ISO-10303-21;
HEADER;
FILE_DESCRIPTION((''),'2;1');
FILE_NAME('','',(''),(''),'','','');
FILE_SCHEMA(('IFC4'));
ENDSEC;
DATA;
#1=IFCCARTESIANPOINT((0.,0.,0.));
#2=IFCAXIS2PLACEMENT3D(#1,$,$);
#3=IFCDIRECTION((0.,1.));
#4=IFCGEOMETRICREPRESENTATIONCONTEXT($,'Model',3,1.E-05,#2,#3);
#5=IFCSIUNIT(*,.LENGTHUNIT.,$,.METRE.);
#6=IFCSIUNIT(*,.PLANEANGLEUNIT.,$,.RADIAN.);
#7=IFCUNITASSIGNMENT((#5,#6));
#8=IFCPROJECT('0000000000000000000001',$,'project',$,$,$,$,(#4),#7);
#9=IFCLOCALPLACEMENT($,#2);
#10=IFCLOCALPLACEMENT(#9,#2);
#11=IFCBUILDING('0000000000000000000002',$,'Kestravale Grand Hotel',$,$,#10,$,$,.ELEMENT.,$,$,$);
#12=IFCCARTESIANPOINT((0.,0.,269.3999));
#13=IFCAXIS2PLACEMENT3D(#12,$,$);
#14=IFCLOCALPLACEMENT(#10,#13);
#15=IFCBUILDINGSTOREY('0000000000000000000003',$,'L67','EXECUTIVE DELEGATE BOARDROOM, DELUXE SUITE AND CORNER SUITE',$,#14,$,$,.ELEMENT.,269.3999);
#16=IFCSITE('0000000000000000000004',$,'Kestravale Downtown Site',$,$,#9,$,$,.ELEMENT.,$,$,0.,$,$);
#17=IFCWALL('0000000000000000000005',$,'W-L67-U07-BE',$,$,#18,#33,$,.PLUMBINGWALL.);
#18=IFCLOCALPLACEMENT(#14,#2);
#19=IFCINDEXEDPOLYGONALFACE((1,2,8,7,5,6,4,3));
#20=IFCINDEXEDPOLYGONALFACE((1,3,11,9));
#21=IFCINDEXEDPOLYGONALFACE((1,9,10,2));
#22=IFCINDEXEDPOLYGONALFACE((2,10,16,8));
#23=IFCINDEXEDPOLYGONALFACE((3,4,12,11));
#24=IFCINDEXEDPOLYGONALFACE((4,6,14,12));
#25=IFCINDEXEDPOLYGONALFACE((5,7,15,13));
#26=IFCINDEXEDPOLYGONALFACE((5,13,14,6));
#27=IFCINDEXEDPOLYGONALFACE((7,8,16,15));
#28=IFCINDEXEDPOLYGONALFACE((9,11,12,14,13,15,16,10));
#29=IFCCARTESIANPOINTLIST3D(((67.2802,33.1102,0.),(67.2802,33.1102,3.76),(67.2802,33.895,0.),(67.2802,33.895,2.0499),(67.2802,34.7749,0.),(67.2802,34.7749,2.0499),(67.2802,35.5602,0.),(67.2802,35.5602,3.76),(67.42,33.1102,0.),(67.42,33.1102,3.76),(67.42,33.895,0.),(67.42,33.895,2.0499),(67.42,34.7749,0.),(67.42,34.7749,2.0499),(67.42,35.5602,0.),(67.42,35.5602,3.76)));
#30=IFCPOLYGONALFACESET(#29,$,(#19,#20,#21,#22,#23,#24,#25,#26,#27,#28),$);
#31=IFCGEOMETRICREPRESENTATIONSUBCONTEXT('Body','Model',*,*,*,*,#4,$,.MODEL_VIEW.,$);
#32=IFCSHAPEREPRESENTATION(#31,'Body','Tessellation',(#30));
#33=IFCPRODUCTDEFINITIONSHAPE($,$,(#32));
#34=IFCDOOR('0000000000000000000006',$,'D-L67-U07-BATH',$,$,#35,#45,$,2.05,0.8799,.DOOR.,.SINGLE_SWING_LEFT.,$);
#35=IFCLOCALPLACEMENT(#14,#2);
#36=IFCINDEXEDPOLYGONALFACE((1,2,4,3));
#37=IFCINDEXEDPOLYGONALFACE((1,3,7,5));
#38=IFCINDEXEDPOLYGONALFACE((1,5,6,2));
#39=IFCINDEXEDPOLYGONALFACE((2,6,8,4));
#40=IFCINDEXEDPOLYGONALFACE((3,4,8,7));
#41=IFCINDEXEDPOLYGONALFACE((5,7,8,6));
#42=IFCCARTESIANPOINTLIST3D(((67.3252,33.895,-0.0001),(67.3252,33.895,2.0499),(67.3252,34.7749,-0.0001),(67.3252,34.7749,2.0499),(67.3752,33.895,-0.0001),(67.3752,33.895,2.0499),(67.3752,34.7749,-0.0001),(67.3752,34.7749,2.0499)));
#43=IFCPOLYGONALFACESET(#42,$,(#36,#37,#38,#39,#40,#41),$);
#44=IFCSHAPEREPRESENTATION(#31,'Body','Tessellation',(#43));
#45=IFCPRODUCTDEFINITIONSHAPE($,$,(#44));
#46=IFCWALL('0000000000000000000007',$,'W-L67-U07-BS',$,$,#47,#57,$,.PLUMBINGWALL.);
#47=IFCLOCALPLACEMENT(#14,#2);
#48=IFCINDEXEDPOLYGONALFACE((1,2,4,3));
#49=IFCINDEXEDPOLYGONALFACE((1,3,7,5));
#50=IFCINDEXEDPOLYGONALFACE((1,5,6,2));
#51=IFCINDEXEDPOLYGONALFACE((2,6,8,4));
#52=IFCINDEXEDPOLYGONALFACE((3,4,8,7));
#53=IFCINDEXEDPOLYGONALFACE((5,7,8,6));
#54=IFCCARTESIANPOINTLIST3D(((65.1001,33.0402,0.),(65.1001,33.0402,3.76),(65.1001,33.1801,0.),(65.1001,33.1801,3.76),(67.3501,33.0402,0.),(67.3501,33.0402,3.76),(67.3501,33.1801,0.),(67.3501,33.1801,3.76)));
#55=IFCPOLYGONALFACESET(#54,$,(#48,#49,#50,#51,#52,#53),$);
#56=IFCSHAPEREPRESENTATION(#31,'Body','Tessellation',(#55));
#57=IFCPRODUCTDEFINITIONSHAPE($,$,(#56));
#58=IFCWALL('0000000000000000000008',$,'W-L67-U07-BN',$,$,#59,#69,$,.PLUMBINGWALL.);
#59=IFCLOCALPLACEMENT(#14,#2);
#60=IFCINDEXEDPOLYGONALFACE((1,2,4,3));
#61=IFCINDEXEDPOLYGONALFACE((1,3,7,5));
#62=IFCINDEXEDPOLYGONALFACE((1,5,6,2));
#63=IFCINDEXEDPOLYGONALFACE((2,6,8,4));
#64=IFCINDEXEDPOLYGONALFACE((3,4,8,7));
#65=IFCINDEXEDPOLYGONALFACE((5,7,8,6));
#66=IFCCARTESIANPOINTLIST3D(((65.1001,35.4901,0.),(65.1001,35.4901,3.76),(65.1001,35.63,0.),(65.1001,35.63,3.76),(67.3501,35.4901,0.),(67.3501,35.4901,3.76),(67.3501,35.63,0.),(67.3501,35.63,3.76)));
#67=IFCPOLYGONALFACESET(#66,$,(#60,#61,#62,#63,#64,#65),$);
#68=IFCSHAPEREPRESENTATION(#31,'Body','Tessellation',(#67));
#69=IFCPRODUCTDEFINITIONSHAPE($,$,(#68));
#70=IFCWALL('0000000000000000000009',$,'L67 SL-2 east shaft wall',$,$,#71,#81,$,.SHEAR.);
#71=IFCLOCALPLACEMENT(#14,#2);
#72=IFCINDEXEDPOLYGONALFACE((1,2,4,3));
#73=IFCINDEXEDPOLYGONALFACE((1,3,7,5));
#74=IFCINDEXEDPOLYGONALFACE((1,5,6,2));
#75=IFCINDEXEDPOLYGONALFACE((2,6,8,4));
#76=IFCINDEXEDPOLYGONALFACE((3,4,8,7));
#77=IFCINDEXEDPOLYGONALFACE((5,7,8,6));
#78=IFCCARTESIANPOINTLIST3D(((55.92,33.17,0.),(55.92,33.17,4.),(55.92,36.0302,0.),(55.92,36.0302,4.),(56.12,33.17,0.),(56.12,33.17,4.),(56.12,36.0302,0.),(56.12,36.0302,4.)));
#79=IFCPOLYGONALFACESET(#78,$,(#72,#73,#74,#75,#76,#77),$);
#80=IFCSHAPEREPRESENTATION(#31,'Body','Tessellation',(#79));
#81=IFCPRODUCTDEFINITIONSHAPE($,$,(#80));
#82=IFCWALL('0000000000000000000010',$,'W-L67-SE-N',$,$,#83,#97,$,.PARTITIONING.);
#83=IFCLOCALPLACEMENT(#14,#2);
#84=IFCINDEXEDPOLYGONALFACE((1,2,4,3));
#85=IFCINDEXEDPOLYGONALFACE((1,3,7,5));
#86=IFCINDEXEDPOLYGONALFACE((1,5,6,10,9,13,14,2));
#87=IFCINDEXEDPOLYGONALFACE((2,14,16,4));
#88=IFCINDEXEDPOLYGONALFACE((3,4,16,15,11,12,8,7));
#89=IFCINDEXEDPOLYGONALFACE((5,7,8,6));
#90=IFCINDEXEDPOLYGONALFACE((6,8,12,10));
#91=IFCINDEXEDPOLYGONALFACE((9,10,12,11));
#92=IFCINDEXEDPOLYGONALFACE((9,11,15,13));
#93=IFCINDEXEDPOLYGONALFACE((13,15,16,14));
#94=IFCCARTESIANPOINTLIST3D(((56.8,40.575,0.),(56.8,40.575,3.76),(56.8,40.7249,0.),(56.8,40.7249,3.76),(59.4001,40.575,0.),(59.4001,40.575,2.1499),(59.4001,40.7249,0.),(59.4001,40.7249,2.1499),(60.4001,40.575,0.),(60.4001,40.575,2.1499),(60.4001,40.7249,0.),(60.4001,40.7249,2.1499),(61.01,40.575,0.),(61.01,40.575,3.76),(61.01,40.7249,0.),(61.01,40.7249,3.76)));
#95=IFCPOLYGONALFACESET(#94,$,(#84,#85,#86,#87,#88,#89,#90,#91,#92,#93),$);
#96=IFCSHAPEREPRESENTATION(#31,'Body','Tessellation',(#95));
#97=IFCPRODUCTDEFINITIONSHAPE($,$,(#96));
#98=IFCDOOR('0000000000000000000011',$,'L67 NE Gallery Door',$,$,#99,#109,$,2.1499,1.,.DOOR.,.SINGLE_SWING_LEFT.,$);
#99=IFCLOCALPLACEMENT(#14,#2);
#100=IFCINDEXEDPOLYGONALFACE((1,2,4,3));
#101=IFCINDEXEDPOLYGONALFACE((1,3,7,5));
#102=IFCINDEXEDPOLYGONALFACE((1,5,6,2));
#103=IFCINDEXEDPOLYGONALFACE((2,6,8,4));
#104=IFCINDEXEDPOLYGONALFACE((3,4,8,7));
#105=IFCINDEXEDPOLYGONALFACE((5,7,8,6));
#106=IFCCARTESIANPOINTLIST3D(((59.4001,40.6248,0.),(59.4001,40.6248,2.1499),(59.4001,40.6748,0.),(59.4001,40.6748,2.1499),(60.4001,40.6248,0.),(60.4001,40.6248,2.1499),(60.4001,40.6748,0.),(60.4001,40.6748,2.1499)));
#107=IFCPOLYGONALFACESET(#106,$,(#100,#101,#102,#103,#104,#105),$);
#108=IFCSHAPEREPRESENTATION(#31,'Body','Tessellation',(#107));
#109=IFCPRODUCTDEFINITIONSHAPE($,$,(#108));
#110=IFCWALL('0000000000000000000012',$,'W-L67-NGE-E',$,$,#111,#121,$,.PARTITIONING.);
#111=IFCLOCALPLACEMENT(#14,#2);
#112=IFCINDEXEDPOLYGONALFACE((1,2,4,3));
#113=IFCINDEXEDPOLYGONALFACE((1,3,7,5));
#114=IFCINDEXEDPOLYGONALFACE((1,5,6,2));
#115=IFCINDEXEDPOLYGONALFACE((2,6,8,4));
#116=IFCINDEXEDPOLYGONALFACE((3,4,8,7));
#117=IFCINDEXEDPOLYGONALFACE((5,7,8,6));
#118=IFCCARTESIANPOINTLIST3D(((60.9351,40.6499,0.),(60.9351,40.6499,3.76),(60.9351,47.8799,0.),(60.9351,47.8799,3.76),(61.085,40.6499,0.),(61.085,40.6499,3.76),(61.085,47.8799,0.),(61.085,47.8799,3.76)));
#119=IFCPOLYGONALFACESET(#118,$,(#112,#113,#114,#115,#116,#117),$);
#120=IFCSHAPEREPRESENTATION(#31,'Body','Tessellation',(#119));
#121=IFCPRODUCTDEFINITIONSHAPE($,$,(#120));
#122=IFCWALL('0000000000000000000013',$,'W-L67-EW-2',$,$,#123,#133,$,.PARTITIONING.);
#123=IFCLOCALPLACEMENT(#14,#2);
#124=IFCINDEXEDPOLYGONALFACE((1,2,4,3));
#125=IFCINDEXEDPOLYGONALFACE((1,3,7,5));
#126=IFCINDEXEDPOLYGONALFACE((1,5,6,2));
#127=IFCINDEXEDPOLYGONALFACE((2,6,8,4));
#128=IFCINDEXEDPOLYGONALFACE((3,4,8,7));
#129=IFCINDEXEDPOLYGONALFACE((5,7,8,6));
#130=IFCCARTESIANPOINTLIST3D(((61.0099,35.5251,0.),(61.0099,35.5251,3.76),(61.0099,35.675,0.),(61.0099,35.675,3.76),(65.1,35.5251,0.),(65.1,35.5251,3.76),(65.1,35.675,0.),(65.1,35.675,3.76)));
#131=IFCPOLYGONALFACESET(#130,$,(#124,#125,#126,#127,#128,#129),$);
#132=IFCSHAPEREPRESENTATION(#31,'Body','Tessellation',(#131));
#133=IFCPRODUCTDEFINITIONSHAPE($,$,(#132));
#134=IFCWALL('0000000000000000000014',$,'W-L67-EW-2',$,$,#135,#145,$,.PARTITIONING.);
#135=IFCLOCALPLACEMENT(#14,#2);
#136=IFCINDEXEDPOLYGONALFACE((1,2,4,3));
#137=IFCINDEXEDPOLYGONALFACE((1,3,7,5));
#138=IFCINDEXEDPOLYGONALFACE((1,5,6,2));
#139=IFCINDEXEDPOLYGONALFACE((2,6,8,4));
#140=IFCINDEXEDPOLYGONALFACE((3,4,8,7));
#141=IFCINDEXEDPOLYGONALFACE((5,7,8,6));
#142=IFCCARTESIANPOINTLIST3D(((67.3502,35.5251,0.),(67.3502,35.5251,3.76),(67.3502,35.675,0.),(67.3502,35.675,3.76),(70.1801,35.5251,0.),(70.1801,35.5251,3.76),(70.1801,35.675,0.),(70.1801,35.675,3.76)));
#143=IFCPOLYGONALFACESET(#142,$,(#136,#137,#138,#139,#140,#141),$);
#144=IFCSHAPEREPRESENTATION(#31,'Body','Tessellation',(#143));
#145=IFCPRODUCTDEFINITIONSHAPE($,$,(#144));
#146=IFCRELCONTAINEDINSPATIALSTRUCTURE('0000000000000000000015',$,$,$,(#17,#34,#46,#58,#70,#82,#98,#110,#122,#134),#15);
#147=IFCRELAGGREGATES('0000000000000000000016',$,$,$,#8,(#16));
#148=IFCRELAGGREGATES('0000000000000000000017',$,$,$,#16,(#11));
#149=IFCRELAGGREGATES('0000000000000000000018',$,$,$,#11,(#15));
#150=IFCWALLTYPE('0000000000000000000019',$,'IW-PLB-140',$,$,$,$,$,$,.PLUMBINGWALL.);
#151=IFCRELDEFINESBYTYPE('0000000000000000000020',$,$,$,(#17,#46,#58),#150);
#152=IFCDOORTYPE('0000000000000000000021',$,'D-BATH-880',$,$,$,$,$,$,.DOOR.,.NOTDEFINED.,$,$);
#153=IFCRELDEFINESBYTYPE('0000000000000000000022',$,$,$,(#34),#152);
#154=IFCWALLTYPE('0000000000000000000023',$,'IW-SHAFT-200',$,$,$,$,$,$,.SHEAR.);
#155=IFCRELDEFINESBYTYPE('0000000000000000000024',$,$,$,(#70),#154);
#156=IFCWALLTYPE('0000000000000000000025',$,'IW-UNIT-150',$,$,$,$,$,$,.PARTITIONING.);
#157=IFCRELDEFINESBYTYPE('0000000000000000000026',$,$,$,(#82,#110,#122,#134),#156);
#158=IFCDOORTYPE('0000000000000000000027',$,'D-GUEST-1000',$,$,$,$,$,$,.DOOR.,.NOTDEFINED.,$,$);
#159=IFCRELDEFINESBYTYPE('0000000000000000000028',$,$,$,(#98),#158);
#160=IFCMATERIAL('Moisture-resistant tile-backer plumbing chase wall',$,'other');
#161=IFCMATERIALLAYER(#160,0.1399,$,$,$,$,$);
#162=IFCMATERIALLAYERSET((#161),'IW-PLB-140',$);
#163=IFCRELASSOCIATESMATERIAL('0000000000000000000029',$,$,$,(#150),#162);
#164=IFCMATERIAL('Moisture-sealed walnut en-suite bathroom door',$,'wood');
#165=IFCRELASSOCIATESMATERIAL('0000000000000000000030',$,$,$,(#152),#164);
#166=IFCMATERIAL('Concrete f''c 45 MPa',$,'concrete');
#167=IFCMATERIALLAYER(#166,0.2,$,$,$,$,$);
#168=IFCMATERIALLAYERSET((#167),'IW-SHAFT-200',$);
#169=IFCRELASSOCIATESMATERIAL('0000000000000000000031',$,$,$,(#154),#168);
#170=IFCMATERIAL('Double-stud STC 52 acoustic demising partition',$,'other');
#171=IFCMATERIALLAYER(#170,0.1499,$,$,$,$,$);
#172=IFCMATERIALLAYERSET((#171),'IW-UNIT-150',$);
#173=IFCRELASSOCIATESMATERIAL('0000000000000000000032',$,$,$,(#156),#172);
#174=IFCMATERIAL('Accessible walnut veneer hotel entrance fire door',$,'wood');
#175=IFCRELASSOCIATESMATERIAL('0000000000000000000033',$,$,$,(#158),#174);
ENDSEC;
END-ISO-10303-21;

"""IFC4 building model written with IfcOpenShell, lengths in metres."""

from ifc_helpers import new_model, si_unit, direction, frame, frame_2d, origin, place, context, subcontext, project, spatial, rectangle, extrude, material, layer, layer_set, type_object, element, fill, save


model = new_model("IFC4")

# Units and contexts
model_context = context("Model", 3, precision=1e-05, world=origin(), true_north=direction((0.0, 1.0)))
body_context = subcontext(model_context, "Body", "Model", "MODEL_VIEW")
ifc_project = project(units=[si_unit("LENGTHUNIT", "METRE"), si_unit("PLANEANGLEUNIT", "RADIAN")], contexts=[model_context])

# Site, building, storey
site_placement = place(None, origin())
site = spatial("IfcSite", under=ifc_project, at=site_placement, Name="Kestravale Downtown Site", CompositionType="ELEMENT", RefElevation=0.0)
building_placement = place(site_placement, origin())
building = spatial("IfcBuilding", under=site, at=building_placement, Name="Kestravale Grand Hotel", CompositionType="ELEMENT")
storey_placement = place(building_placement, frame((0.0, 0.0, 269.3999)))
storey = spatial("IfcBuildingStorey", under=building, at=storey_placement, Name="L67", Description="EXECUTIVE DELEGATE BOARDROOM, DELUXE SUITE AND CORNER SUITE", CompositionType="ELEMENT", Elevation=269.3999)

# Shared definitions
ifc_material_1 = material(Name="Moisture-resistant tile-backer plumbing chase wall", Category="other")
ifc_layer_1 = layer(ifc_material_1, 0.1399)
ifc_layer_set_1 = layer_set([ifc_layer_1], Name="IW-PLB-140")
wall_type_1 = type_object("IfcWallType", Name="IW-PLB-140", PredefinedType="PLUMBINGWALL", material=ifc_layer_set_1)

# Wall, opening, door
wall_1_placement = place(storey_placement, frame((67.3501, 33.1101, 0.0), z_axis=(0.0, 0.0, 1.0), x_axis=(0.0, 1.0, 0.0)))
wall_1 = element("IfcWall", 1, at=wall_1_placement, inside=storey, type_object=wall_type_1, Name="W-L67-U07-BE", PredefinedType="PLUMBINGWALL", context=body_context, shape_type="SweptSolid", body=[
    extrude(rectangle(XDim=2.45, YDim=0.1399, at=frame_2d((1.2251, 0.0))), origin(), (0.0, 0.0, 1.0), 3.76),
])
opening_1_placement = place(wall_1_placement, frame((0.7849, 0.0, 0.0)))
opening_1 = element("IfcOpeningElement", 2, at=opening_1_placement, cuts=wall_1, PredefinedType="OPENING", context=body_context, shape_type="SweptSolid", body=[
    extrude(rectangle(XDim=0.8799, YDim=2.05, at=frame_2d((0.4399, 1.0249))), frame((0.0, 0.0798, 0.0), z_axis=(0.0, -1.0, 0.0), x_axis=(1.0, 0.0, 0.0)), (0.0, 0.0, 1.0), 0.1599),
])
ifc_material_2 = material(Name="Moisture-sealed walnut en-suite bathroom door", Category="wood")
door_type_1 = type_object("IfcDoorType", Name="D-BATH-880", OperationType="NOTDEFINED", PredefinedType="DOOR", material=ifc_material_2)
door_1_placement = place(opening_1_placement, origin())
door_1 = element("IfcDoor", 3, at=door_1_placement, inside=storey, type_object=door_type_1, Name="D-L67-U07-BATH", OperationType="SINGLE_SWING_LEFT", OverallHeight=2.05, OverallWidth=0.8799, PredefinedType="DOOR", context=body_context, shape_type="SweptSolid", body=[
    extrude(rectangle(XDim=0.8799, YDim=2.05, at=frame_2d((0.4399, 1.0249))), frame((0.0, 0.0249, 0.0), z_axis=(0.0, -1.0, 0.0), x_axis=(1.0, 0.0, 0.0)), (0.0, 0.0, 1.0), 0.05),
])
fill(opening_1, door_1)

# Walls
for number, where, z_axis, x_axis, name in (
    (4, (65.1001, 33.1101, 0.0), (0.0, 0.0, 1.0), (1.0, 0.0, 0.0), "W-L67-U07-BS"),
    (5, (65.1001, 35.5601, 0.0), (0.0, 0.0, 1.0), (1.0, 0.0, 0.0), "W-L67-U07-BN"),
):
    element("IfcWall", number, at=place(storey_placement, frame(where, z_axis=z_axis, x_axis=x_axis)), inside=storey, type_object=wall_type_1, Name=name, PredefinedType="PLUMBINGWALL", context=body_context, shape_type="SweptSolid", body=[
        extrude(rectangle(XDim=2.25, YDim=0.1399, at=frame_2d((1.125, 0.0))), origin(), (0.0, 0.0, 1.0), 3.76),
    ])
ifc_material_3 = material(Name="Concrete f'c 45 MPa", Category="concrete")
ifc_layer_2 = layer(ifc_material_3, 0.2)
ifc_layer_set_2 = layer_set([ifc_layer_2], Name="IW-SHAFT-200")
wall_type_2 = type_object("IfcWallType", Name="IW-SHAFT-200", PredefinedType="SHEAR", material=ifc_layer_set_2)
wall_2_placement = place(storey_placement, frame((56.02, 33.1699, 0.0), z_axis=(0.0, 0.0, 1.0), x_axis=(0.0, 1.0, 0.0)))
element("IfcWall", 6, at=wall_2_placement, inside=storey, type_object=wall_type_2, Name="L67 SL-2 east shaft wall", PredefinedType="SHEAR", context=body_context, shape_type="SweptSolid", body=[
    extrude(rectangle(XDim=2.8601, YDim=0.2, at=frame_2d((1.4302, 0.0))), origin(), (0.0, 0.0, 1.0), 4.0),
])

# Wall, opening, door
ifc_material_4 = material(Name="Double-stud STC 52 acoustic demising partition", Category="other")
ifc_layer_3 = layer(ifc_material_4, 0.1499)
ifc_layer_set_3 = layer_set([ifc_layer_3], Name="IW-UNIT-150")
wall_type_3 = type_object("IfcWallType", Name="IW-UNIT-150", PredefinedType="PARTITIONING", material=ifc_layer_set_3)
wall_3_placement = place(storey_placement, frame((56.8, 40.6499, 0.0), z_axis=(0.0, 0.0, 1.0), x_axis=(1.0, 0.0, 0.0)))
wall_3 = element("IfcWall", 7, at=wall_3_placement, inside=storey, type_object=wall_type_3, Name="W-L67-SE-N", PredefinedType="PARTITIONING", context=body_context, shape_type="SweptSolid", body=[
    extrude(rectangle(XDim=4.21, YDim=0.1499, at=frame_2d((2.105, 0.0))), origin(), (0.0, 0.0, 1.0), 3.76),
])
opening_2_placement = place(wall_3_placement, frame((2.6001, 0.0, 0.0)))
opening_2 = element("IfcOpeningElement", 8, at=opening_2_placement, cuts=wall_3, PredefinedType="OPENING", context=body_context, shape_type="SweptSolid", body=[
    extrude(rectangle(XDim=1.0, YDim=2.1499, at=frame_2d((0.5, 1.075))), frame((0.0, 0.085, 0.0), z_axis=(0.0, -1.0, 0.0), x_axis=(1.0, 0.0, 0.0)), (0.0, 0.0, 1.0), 0.1699),
])
ifc_material_5 = material(Name="Accessible walnut veneer hotel entrance fire door", Category="wood")
door_type_2 = type_object("IfcDoorType", Name="D-GUEST-1000", OperationType="NOTDEFINED", PredefinedType="DOOR", material=ifc_material_5)
door_2_placement = place(opening_2_placement, origin())
door_2 = element("IfcDoor", 9, at=door_2_placement, inside=storey, type_object=door_type_2, Name="L67 NE Gallery Door", OperationType="SINGLE_SWING_LEFT", OverallHeight=2.1499, OverallWidth=1.0, PredefinedType="DOOR", context=body_context, shape_type="SweptSolid", body=[
    extrude(rectangle(XDim=1.0, YDim=2.1499, at=frame_2d((0.5, 1.075))), frame((0.0, 0.0249, 0.0), z_axis=(0.0, -1.0, 0.0), x_axis=(1.0, 0.0, 0.0)), (0.0, 0.0, 1.0), 0.05),
])
fill(opening_2, door_2)

# Walls
wall_4_placement = place(storey_placement, frame((61.01, 40.6499, 0.0), z_axis=(0.0, 0.0, 1.0), x_axis=(0.0, 1.0, 0.0)))
element("IfcWall", 10, at=wall_4_placement, inside=storey, type_object=wall_type_3, Name="W-L67-NGE-E", PredefinedType="PARTITIONING", context=body_context, shape_type="SweptSolid", body=[
    extrude(rectangle(XDim=7.23, YDim=0.1499, at=frame_2d((3.615, 0.0))), origin(), (0.0, 0.0, 1.0), 3.76),
])
wall_5_placement = place(storey_placement, frame((61.01, 35.6001, 0.0), z_axis=(0.0, 0.0, 1.0), x_axis=(1.0, 0.0, 0.0)))
element("IfcWall", 11, at=wall_5_placement, inside=storey, type_object=wall_type_3, Name="W-L67-EW-2", PredefinedType="PARTITIONING", context=body_context, shape_type="SweptSolid", body=[
    extrude(rectangle(XDim=4.0901, YDim=0.1499, at=frame_2d((2.0449, 0.0))), origin(), (0.0, 0.0, 1.0), 3.76),
])
wall_6_placement = place(storey_placement, frame((67.3501, 35.6001, 0.0), z_axis=(0.0, 0.0, 1.0), x_axis=(1.0, 0.0, 0.0)))
element("IfcWall", 12, at=wall_6_placement, inside=storey, type_object=wall_type_3, Name="W-L67-EW-2", PredefinedType="PARTITIONING", context=body_context, shape_type="SweptSolid", body=[
    extrude(rectangle(XDim=2.8298, YDim=0.1499, at=frame_2d((1.415, 0.0))), origin(), (0.0, 0.0, 1.0), 3.76),
])

save(model, "model.ifc")
